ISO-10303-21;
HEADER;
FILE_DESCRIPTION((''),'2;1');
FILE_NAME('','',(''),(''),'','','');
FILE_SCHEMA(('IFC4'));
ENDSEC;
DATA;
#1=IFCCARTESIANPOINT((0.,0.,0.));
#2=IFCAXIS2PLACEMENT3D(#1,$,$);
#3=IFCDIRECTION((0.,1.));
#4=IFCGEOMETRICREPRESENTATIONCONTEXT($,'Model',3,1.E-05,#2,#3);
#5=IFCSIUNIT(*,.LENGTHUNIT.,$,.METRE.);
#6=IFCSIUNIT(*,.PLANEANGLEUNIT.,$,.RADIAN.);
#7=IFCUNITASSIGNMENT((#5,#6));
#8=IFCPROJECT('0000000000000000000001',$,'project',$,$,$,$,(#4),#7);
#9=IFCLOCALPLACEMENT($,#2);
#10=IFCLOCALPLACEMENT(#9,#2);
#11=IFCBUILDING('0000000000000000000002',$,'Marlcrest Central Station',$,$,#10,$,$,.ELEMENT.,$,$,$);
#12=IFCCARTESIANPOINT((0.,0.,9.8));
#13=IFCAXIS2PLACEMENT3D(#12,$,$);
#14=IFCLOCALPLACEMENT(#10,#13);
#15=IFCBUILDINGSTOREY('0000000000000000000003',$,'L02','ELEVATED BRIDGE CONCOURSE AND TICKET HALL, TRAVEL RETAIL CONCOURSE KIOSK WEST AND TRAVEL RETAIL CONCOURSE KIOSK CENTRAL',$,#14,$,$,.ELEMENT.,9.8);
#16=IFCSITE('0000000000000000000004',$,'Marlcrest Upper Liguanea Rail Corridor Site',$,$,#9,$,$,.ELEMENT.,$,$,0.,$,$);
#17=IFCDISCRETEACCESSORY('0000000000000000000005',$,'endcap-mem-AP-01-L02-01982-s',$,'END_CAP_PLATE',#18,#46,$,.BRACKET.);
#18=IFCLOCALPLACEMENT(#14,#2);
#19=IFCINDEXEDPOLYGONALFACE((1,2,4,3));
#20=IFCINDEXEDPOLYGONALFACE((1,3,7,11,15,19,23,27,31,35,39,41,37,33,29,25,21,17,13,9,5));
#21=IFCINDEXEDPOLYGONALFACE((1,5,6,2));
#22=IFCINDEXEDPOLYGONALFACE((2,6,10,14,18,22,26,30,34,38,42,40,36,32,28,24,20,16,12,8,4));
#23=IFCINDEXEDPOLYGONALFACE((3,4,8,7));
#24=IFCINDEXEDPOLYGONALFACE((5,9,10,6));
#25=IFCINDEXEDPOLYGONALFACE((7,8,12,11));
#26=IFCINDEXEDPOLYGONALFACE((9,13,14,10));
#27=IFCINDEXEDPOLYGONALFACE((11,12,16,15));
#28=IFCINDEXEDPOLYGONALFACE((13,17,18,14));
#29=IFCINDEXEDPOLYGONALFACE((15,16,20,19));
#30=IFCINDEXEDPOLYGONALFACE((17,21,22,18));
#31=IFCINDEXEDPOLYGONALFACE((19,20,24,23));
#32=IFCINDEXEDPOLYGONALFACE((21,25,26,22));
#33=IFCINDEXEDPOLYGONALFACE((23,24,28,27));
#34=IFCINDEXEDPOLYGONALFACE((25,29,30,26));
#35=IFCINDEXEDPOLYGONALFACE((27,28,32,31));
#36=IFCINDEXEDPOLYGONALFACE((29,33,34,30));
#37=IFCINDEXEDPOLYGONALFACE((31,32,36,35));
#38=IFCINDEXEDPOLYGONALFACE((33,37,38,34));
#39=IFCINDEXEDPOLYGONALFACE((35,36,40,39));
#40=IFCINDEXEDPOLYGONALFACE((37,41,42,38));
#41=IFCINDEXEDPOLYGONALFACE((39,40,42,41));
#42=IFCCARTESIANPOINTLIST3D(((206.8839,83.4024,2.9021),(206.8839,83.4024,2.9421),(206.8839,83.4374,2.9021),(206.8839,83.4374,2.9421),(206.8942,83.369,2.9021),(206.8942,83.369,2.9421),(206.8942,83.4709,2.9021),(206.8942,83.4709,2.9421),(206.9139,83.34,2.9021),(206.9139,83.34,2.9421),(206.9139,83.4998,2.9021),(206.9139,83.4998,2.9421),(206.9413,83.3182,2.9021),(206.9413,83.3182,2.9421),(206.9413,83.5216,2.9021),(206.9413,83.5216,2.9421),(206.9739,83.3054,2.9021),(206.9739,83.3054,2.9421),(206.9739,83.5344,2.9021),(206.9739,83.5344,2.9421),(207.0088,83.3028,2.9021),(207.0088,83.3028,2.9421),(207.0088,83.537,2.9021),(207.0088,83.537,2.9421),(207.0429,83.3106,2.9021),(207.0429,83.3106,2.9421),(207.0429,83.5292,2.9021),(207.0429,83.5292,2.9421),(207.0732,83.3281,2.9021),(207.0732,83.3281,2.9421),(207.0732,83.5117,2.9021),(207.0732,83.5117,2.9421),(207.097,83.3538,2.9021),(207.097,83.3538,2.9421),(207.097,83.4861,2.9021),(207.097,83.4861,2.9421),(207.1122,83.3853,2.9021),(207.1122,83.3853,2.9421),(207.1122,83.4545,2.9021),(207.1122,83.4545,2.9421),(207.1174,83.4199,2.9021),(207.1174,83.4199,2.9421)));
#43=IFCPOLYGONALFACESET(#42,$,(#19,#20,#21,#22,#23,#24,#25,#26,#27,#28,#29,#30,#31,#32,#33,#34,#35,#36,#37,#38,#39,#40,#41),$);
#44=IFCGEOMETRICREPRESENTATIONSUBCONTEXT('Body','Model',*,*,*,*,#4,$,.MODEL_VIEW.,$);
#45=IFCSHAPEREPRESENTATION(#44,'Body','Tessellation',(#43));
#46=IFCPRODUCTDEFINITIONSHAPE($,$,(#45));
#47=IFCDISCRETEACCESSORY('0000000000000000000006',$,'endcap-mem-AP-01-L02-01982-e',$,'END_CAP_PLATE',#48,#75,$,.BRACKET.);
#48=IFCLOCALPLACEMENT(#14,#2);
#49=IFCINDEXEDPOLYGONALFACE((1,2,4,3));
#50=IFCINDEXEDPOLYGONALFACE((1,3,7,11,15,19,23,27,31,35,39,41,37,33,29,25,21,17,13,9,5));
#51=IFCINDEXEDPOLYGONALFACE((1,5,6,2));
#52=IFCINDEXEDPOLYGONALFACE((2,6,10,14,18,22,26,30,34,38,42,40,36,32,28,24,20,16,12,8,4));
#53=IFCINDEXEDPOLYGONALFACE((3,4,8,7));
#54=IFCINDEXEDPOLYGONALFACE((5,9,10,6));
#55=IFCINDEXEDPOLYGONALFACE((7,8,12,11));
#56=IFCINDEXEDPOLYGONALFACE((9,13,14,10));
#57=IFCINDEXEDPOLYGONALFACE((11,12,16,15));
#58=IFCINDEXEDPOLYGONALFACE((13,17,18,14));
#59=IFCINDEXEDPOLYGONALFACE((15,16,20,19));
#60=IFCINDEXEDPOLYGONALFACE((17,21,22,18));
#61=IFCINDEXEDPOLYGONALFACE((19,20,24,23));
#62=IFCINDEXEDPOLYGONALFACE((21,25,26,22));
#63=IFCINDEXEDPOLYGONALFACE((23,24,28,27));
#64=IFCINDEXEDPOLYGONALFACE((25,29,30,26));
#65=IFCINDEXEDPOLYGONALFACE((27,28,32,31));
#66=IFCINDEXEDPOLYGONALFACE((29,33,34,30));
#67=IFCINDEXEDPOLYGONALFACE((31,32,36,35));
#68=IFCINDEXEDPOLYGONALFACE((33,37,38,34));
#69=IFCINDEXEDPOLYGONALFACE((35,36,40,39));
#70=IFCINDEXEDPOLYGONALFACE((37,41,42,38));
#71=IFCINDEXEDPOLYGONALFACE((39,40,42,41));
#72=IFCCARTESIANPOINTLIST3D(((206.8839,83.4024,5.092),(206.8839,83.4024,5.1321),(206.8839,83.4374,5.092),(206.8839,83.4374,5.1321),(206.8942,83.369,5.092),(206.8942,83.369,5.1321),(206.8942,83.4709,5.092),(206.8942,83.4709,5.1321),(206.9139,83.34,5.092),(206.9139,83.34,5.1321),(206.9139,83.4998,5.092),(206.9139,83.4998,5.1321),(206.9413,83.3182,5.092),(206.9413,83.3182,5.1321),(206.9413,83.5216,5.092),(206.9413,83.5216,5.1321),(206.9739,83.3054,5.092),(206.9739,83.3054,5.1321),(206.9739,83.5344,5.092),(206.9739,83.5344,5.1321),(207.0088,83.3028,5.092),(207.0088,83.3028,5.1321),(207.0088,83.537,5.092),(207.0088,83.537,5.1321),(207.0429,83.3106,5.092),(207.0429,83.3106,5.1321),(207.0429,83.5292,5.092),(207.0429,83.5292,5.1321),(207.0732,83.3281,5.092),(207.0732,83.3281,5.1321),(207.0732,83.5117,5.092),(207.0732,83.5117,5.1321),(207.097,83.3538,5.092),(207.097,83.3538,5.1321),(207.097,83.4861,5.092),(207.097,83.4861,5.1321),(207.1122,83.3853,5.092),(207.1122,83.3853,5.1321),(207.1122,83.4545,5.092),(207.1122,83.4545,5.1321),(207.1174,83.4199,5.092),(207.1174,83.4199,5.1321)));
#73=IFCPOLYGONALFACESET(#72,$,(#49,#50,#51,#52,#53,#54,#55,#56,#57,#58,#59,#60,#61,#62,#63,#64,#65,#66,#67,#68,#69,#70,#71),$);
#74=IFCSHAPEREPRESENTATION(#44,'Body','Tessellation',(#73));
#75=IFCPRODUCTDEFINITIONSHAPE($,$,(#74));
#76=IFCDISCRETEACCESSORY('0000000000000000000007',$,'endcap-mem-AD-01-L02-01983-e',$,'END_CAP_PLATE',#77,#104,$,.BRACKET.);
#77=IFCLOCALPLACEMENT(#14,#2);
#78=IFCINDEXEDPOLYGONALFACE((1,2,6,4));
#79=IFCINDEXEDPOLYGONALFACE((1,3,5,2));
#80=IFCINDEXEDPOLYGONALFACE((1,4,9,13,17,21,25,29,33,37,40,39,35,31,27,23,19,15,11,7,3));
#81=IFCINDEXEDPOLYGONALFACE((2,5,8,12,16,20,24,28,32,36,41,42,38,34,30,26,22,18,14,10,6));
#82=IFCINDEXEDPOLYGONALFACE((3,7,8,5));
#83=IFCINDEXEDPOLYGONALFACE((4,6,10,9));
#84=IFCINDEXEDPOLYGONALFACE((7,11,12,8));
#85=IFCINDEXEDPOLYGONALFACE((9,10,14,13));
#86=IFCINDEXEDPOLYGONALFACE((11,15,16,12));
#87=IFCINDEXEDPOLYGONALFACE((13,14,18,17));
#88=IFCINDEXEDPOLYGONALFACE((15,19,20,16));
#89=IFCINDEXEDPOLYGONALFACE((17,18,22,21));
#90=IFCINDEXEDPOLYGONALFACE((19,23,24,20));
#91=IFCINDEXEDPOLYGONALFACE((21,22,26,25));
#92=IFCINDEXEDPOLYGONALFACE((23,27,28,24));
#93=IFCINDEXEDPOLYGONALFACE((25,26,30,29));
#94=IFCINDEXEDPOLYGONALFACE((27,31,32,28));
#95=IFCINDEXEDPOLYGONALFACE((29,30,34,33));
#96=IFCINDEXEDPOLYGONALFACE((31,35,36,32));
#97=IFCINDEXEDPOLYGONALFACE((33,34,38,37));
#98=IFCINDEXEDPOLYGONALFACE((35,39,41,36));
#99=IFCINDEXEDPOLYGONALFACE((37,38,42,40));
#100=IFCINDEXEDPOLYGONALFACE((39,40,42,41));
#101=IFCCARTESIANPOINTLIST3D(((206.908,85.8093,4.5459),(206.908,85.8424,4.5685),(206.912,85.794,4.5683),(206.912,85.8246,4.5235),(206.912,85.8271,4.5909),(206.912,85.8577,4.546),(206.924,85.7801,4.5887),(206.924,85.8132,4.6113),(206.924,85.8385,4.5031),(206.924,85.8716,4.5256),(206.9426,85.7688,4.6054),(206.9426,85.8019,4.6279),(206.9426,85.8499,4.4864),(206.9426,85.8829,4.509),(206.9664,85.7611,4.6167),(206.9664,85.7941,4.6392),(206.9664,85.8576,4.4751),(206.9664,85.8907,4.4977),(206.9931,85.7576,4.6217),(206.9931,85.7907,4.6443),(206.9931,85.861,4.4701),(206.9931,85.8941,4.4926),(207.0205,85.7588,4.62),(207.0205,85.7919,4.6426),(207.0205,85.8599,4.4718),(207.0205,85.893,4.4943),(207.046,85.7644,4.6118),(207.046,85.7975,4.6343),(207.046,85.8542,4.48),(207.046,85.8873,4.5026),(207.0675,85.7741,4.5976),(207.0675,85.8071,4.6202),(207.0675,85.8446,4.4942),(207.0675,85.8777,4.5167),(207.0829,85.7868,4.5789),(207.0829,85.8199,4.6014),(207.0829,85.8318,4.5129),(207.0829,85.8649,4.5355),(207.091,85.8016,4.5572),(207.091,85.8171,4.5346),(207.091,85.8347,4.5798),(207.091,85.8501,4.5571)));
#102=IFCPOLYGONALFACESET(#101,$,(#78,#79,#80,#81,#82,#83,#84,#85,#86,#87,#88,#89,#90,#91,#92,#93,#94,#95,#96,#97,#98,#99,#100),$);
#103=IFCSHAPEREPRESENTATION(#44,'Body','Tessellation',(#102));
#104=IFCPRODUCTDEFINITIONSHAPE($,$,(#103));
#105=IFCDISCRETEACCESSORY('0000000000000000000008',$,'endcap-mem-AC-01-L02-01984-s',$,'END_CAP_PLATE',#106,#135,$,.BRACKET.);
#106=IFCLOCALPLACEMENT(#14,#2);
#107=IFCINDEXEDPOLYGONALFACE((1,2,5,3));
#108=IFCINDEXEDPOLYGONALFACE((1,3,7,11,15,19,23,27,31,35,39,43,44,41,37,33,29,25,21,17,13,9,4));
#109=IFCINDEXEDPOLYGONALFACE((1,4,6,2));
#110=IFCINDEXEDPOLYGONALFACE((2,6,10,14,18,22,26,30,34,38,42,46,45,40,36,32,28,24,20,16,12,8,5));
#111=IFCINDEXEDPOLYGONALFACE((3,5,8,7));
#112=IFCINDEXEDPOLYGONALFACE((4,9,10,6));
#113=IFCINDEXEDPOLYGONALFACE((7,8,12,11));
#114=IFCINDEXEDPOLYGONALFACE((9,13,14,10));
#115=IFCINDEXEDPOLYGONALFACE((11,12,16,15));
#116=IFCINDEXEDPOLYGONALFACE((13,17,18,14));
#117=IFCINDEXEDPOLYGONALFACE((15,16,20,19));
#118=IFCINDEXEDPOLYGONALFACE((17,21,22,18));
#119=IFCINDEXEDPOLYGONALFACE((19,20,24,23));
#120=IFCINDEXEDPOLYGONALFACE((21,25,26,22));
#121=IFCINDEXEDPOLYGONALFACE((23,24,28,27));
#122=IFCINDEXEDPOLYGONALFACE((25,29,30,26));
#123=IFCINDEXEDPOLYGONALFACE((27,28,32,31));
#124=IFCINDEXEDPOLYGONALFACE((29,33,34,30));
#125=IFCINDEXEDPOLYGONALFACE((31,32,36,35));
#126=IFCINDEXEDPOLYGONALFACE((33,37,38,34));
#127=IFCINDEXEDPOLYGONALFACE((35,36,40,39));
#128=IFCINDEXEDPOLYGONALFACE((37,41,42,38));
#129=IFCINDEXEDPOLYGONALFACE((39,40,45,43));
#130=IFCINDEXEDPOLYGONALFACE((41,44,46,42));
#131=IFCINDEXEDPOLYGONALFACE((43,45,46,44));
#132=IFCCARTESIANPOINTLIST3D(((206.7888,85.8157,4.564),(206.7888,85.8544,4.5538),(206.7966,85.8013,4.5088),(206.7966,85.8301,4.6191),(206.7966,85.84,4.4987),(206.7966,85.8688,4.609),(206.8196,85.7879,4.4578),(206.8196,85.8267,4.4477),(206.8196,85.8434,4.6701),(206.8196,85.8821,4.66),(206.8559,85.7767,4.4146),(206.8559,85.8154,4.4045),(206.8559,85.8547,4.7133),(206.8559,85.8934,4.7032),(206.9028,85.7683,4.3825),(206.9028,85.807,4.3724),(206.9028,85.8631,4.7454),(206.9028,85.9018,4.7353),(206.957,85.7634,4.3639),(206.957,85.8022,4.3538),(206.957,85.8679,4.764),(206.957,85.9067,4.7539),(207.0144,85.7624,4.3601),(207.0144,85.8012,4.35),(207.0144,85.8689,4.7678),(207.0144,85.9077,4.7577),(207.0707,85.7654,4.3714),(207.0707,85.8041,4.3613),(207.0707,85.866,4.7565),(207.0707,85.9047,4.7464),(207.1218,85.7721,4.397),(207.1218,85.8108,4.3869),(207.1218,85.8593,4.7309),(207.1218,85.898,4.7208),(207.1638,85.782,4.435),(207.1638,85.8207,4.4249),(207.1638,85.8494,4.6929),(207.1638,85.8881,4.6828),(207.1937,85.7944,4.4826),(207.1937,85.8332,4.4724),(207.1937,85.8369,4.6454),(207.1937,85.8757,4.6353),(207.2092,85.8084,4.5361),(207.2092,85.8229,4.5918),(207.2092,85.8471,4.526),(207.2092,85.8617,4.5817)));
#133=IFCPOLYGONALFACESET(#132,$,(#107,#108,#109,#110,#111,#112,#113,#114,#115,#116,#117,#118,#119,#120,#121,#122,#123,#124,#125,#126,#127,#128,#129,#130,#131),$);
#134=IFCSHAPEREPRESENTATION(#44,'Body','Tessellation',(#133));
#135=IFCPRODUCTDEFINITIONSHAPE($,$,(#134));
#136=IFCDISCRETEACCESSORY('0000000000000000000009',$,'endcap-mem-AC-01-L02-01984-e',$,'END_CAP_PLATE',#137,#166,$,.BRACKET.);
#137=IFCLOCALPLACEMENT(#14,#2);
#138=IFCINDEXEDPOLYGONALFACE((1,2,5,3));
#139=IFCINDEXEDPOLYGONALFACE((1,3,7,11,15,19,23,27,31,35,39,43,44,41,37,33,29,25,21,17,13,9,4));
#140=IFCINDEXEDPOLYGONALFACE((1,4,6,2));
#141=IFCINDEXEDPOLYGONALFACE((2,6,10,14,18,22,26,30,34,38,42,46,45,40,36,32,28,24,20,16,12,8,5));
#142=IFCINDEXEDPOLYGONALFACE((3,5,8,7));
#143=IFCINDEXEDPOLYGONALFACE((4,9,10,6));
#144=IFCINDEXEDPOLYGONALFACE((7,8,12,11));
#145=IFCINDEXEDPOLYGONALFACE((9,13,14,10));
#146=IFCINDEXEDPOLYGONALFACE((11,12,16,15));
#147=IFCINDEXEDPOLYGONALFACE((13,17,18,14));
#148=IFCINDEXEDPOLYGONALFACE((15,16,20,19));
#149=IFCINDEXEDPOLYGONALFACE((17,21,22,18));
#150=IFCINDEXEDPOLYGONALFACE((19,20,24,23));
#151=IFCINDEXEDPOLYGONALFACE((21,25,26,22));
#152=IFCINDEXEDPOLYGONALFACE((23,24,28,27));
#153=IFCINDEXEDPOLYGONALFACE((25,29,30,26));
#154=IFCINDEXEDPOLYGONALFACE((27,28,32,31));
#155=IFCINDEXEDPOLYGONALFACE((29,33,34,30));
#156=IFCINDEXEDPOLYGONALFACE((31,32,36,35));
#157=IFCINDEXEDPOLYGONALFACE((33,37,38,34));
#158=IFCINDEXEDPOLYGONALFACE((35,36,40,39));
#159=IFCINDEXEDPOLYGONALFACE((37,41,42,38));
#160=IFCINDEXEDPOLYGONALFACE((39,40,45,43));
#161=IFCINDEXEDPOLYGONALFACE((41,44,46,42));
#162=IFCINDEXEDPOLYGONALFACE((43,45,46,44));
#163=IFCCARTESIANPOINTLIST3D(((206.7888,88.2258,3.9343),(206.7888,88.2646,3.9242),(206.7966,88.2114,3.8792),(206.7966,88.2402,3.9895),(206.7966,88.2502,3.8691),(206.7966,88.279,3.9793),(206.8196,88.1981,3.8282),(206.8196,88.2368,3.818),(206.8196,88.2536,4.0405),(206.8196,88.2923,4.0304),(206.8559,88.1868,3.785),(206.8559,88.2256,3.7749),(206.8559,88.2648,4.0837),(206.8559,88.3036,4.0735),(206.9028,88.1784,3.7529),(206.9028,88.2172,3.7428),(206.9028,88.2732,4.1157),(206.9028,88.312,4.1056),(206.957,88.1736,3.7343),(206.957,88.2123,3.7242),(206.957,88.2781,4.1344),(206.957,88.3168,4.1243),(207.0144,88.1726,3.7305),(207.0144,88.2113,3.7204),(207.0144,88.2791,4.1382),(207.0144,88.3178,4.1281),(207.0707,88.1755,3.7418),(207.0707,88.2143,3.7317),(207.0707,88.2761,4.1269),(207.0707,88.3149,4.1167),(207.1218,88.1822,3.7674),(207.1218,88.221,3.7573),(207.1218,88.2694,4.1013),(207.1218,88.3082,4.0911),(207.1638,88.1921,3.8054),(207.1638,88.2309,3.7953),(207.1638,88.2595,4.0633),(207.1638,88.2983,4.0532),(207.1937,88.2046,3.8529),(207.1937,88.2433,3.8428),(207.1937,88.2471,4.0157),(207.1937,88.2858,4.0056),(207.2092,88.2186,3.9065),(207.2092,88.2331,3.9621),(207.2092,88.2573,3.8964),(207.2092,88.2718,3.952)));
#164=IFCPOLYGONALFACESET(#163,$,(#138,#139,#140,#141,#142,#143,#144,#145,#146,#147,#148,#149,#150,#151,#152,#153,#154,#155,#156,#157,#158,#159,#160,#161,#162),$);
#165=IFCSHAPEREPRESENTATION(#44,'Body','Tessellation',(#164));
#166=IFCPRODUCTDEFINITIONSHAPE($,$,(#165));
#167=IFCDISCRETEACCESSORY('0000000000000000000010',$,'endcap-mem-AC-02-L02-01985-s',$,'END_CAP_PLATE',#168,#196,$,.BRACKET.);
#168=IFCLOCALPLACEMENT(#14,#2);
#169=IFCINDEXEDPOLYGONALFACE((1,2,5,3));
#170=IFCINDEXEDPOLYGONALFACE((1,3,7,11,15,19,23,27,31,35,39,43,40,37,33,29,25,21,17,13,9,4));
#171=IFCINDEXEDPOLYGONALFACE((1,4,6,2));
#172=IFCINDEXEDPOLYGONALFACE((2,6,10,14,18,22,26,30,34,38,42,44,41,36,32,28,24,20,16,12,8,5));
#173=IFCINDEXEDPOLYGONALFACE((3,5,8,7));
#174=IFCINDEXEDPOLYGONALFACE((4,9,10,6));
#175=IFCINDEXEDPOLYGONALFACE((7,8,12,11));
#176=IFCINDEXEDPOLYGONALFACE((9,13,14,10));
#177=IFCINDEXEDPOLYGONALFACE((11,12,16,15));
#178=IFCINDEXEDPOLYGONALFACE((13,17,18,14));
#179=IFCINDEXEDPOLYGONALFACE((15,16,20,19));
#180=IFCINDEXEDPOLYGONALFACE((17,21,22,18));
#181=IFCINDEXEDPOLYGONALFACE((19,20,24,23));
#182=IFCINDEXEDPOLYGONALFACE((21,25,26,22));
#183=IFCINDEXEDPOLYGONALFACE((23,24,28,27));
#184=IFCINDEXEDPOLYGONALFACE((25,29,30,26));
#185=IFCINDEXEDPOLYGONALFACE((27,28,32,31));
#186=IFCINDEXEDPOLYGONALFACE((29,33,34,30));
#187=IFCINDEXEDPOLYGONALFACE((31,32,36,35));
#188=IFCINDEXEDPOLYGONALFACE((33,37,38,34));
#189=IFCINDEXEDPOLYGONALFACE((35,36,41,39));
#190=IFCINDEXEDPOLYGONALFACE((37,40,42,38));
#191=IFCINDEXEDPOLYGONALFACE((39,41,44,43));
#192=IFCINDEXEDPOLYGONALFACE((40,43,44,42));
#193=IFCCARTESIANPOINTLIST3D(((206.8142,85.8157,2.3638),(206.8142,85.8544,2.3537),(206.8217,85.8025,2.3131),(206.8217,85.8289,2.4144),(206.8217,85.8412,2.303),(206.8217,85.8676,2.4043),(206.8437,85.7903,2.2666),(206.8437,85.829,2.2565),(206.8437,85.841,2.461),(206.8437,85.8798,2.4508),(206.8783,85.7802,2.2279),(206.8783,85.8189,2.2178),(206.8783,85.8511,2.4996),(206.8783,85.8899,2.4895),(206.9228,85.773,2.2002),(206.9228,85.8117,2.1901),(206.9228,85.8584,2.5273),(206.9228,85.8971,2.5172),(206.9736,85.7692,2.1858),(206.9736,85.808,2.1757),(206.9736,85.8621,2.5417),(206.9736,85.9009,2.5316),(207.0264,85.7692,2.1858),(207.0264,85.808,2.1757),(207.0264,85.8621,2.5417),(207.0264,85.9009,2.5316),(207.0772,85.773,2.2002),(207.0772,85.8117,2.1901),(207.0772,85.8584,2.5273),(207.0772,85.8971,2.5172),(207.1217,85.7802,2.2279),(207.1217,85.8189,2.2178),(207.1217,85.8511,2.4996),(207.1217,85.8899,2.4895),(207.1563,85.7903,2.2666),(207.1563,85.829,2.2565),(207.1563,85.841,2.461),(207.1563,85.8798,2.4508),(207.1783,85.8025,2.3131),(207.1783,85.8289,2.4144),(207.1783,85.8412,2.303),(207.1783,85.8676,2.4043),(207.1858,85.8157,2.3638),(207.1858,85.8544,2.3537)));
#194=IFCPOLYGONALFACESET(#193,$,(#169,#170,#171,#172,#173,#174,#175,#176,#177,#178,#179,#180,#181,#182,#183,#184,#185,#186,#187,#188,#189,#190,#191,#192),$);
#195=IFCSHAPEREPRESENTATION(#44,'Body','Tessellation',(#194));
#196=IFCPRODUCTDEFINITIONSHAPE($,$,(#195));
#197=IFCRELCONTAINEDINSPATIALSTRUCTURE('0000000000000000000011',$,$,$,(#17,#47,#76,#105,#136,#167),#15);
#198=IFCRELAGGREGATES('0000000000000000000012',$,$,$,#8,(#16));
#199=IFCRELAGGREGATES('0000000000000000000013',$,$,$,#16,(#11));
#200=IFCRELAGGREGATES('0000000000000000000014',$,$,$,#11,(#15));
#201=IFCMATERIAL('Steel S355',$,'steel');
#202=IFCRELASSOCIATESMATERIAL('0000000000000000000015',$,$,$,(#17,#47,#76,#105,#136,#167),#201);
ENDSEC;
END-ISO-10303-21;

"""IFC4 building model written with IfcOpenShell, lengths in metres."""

from ifc_helpers import new_model, si_unit, direction, frame, origin, origin_2d, place, context, subcontext, project, spatial, circle, extrude, material, element, save


model = new_model("IFC4")

# Units and contexts
model_context = context("Model", 3, precision=1e-05, world=origin(), true_north=direction((0.0, 1.0)))
body_context = subcontext(model_context, "Body", "Model", "MODEL_VIEW")
ifc_project = project(units=[si_unit("LENGTHUNIT", "METRE"), si_unit("PLANEANGLEUNIT", "RADIAN")], contexts=[model_context])

# Site, building, storey
site_placement = place(None, origin())
site = spatial("IfcSite", under=ifc_project, at=site_placement, Name="Marlcrest Upper Liguanea Rail Corridor Site", CompositionType="ELEMENT", RefElevation=0.0)
building_placement = place(site_placement, origin())
building = spatial("IfcBuilding", under=site, at=building_placement, Name="Marlcrest Central Station", CompositionType="ELEMENT")
storey_placement = place(building_placement, frame((0.0, 0.0, 9.8)))
storey = spatial("IfcBuildingStorey", under=building, at=storey_placement, Name="L02", Description="ELEVATED BRIDGE CONCOURSE AND TICKET HALL, TRAVEL RETAIL CONCOURSE KIOSK WEST AND TRAVEL RETAIL CONCOURSE KIOSK CENTRAL", CompositionType="ELEMENT", Elevation=9.8)

# Shared definitions
ifc_material_1 = material(Name="Steel S355", Category="steel")

# Discrete accessories
for number, where, z_axis, x_axis, name in (
    (1, (207.0, 83.4199, 2.9021), (0.0, 0.0, 1.0), (1.0, 0.0, 0.0), "endcap-mem-AP-01-L02-01982-s"),
    (2, (207.0, 83.4199, 5.092), (0.0, 0.0, 1.0), (1.0, 0.0, 0.0), "endcap-mem-AP-01-L02-01982-e"),
):
    element("IfcDiscreteAccessory", number, at=place(storey_placement, frame(where, z_axis=z_axis, x_axis=x_axis)), inside=storey, material=ifc_material_1, Name=name, ObjectType="END_CAP_PLATE", PredefinedType="BRACKET", context=body_context, shape_type="SweptSolid", body=[
        extrude(circle(Radius=0.1174, at=origin_2d()), origin(), (0.0, 0.0, 1.0), 0.04),
    ])
discrete_accessory_1_placement = place(storey_placement, frame((207.0, 85.8093, 4.5459), z_axis=(0.0, 0.826263, 0.563285), x_axis=(-1.0, 0.0, 0.0)))
element("IfcDiscreteAccessory", 3, at=discrete_accessory_1_placement, inside=storey, material=ifc_material_1, Name="endcap-mem-AD-01-L02-01983-e", ObjectType="END_CAP_PLATE", PredefinedType="BRACKET", context=body_context, shape_type="SweptSolid", body=[
    extrude(circle(Radius=0.092, at=origin_2d()), origin(), (0.0, 0.0, 1.0), 0.04),
])
for number, where, z_axis, x_axis, name in (
    (4, (207.0, 85.8157, 4.564), (0.0, 0.967539, -0.25272), (-1.0, 0.0, 0.0), "endcap-mem-AC-01-L02-01984-s"),
    (5, (207.0, 88.2258, 3.9343), (0.0, 0.967539, -0.25272), (-1.0, 0.0, 0.0), "endcap-mem-AC-01-L02-01984-e"),
):
    element("IfcDiscreteAccessory", number, at=place(storey_placement, frame(where, z_axis=z_axis, x_axis=x_axis)), inside=storey, material=ifc_material_1, Name=name, ObjectType="END_CAP_PLATE", PredefinedType="BRACKET", context=body_context, shape_type="SweptSolid", body=[
        extrude(circle(Radius=0.2112, at=origin_2d()), origin(), (0.0, 0.0, 1.0), 0.04),
    ])
for number, where, z_axis, x_axis, name in (
    (6, (207.0, 85.8157, 2.3638), (0.0, 0.967563, -0.252629), (-1.0, 0.0, 0.0), "endcap-mem-AC-02-L02-01985-s"),
):
    element("IfcDiscreteAccessory", number, at=place(storey_placement, frame(where, z_axis=z_axis, x_axis=x_axis)), inside=storey, material=ifc_material_1, Name=name, ObjectType="END_CAP_PLATE", PredefinedType="BRACKET", context=body_context, shape_type="SweptSolid", body=[
        extrude(circle(Radius=0.1858, at=origin_2d()), origin(), (0.0, 0.0, 1.0), 0.04),
    ])

save(model, "model.ifc")
